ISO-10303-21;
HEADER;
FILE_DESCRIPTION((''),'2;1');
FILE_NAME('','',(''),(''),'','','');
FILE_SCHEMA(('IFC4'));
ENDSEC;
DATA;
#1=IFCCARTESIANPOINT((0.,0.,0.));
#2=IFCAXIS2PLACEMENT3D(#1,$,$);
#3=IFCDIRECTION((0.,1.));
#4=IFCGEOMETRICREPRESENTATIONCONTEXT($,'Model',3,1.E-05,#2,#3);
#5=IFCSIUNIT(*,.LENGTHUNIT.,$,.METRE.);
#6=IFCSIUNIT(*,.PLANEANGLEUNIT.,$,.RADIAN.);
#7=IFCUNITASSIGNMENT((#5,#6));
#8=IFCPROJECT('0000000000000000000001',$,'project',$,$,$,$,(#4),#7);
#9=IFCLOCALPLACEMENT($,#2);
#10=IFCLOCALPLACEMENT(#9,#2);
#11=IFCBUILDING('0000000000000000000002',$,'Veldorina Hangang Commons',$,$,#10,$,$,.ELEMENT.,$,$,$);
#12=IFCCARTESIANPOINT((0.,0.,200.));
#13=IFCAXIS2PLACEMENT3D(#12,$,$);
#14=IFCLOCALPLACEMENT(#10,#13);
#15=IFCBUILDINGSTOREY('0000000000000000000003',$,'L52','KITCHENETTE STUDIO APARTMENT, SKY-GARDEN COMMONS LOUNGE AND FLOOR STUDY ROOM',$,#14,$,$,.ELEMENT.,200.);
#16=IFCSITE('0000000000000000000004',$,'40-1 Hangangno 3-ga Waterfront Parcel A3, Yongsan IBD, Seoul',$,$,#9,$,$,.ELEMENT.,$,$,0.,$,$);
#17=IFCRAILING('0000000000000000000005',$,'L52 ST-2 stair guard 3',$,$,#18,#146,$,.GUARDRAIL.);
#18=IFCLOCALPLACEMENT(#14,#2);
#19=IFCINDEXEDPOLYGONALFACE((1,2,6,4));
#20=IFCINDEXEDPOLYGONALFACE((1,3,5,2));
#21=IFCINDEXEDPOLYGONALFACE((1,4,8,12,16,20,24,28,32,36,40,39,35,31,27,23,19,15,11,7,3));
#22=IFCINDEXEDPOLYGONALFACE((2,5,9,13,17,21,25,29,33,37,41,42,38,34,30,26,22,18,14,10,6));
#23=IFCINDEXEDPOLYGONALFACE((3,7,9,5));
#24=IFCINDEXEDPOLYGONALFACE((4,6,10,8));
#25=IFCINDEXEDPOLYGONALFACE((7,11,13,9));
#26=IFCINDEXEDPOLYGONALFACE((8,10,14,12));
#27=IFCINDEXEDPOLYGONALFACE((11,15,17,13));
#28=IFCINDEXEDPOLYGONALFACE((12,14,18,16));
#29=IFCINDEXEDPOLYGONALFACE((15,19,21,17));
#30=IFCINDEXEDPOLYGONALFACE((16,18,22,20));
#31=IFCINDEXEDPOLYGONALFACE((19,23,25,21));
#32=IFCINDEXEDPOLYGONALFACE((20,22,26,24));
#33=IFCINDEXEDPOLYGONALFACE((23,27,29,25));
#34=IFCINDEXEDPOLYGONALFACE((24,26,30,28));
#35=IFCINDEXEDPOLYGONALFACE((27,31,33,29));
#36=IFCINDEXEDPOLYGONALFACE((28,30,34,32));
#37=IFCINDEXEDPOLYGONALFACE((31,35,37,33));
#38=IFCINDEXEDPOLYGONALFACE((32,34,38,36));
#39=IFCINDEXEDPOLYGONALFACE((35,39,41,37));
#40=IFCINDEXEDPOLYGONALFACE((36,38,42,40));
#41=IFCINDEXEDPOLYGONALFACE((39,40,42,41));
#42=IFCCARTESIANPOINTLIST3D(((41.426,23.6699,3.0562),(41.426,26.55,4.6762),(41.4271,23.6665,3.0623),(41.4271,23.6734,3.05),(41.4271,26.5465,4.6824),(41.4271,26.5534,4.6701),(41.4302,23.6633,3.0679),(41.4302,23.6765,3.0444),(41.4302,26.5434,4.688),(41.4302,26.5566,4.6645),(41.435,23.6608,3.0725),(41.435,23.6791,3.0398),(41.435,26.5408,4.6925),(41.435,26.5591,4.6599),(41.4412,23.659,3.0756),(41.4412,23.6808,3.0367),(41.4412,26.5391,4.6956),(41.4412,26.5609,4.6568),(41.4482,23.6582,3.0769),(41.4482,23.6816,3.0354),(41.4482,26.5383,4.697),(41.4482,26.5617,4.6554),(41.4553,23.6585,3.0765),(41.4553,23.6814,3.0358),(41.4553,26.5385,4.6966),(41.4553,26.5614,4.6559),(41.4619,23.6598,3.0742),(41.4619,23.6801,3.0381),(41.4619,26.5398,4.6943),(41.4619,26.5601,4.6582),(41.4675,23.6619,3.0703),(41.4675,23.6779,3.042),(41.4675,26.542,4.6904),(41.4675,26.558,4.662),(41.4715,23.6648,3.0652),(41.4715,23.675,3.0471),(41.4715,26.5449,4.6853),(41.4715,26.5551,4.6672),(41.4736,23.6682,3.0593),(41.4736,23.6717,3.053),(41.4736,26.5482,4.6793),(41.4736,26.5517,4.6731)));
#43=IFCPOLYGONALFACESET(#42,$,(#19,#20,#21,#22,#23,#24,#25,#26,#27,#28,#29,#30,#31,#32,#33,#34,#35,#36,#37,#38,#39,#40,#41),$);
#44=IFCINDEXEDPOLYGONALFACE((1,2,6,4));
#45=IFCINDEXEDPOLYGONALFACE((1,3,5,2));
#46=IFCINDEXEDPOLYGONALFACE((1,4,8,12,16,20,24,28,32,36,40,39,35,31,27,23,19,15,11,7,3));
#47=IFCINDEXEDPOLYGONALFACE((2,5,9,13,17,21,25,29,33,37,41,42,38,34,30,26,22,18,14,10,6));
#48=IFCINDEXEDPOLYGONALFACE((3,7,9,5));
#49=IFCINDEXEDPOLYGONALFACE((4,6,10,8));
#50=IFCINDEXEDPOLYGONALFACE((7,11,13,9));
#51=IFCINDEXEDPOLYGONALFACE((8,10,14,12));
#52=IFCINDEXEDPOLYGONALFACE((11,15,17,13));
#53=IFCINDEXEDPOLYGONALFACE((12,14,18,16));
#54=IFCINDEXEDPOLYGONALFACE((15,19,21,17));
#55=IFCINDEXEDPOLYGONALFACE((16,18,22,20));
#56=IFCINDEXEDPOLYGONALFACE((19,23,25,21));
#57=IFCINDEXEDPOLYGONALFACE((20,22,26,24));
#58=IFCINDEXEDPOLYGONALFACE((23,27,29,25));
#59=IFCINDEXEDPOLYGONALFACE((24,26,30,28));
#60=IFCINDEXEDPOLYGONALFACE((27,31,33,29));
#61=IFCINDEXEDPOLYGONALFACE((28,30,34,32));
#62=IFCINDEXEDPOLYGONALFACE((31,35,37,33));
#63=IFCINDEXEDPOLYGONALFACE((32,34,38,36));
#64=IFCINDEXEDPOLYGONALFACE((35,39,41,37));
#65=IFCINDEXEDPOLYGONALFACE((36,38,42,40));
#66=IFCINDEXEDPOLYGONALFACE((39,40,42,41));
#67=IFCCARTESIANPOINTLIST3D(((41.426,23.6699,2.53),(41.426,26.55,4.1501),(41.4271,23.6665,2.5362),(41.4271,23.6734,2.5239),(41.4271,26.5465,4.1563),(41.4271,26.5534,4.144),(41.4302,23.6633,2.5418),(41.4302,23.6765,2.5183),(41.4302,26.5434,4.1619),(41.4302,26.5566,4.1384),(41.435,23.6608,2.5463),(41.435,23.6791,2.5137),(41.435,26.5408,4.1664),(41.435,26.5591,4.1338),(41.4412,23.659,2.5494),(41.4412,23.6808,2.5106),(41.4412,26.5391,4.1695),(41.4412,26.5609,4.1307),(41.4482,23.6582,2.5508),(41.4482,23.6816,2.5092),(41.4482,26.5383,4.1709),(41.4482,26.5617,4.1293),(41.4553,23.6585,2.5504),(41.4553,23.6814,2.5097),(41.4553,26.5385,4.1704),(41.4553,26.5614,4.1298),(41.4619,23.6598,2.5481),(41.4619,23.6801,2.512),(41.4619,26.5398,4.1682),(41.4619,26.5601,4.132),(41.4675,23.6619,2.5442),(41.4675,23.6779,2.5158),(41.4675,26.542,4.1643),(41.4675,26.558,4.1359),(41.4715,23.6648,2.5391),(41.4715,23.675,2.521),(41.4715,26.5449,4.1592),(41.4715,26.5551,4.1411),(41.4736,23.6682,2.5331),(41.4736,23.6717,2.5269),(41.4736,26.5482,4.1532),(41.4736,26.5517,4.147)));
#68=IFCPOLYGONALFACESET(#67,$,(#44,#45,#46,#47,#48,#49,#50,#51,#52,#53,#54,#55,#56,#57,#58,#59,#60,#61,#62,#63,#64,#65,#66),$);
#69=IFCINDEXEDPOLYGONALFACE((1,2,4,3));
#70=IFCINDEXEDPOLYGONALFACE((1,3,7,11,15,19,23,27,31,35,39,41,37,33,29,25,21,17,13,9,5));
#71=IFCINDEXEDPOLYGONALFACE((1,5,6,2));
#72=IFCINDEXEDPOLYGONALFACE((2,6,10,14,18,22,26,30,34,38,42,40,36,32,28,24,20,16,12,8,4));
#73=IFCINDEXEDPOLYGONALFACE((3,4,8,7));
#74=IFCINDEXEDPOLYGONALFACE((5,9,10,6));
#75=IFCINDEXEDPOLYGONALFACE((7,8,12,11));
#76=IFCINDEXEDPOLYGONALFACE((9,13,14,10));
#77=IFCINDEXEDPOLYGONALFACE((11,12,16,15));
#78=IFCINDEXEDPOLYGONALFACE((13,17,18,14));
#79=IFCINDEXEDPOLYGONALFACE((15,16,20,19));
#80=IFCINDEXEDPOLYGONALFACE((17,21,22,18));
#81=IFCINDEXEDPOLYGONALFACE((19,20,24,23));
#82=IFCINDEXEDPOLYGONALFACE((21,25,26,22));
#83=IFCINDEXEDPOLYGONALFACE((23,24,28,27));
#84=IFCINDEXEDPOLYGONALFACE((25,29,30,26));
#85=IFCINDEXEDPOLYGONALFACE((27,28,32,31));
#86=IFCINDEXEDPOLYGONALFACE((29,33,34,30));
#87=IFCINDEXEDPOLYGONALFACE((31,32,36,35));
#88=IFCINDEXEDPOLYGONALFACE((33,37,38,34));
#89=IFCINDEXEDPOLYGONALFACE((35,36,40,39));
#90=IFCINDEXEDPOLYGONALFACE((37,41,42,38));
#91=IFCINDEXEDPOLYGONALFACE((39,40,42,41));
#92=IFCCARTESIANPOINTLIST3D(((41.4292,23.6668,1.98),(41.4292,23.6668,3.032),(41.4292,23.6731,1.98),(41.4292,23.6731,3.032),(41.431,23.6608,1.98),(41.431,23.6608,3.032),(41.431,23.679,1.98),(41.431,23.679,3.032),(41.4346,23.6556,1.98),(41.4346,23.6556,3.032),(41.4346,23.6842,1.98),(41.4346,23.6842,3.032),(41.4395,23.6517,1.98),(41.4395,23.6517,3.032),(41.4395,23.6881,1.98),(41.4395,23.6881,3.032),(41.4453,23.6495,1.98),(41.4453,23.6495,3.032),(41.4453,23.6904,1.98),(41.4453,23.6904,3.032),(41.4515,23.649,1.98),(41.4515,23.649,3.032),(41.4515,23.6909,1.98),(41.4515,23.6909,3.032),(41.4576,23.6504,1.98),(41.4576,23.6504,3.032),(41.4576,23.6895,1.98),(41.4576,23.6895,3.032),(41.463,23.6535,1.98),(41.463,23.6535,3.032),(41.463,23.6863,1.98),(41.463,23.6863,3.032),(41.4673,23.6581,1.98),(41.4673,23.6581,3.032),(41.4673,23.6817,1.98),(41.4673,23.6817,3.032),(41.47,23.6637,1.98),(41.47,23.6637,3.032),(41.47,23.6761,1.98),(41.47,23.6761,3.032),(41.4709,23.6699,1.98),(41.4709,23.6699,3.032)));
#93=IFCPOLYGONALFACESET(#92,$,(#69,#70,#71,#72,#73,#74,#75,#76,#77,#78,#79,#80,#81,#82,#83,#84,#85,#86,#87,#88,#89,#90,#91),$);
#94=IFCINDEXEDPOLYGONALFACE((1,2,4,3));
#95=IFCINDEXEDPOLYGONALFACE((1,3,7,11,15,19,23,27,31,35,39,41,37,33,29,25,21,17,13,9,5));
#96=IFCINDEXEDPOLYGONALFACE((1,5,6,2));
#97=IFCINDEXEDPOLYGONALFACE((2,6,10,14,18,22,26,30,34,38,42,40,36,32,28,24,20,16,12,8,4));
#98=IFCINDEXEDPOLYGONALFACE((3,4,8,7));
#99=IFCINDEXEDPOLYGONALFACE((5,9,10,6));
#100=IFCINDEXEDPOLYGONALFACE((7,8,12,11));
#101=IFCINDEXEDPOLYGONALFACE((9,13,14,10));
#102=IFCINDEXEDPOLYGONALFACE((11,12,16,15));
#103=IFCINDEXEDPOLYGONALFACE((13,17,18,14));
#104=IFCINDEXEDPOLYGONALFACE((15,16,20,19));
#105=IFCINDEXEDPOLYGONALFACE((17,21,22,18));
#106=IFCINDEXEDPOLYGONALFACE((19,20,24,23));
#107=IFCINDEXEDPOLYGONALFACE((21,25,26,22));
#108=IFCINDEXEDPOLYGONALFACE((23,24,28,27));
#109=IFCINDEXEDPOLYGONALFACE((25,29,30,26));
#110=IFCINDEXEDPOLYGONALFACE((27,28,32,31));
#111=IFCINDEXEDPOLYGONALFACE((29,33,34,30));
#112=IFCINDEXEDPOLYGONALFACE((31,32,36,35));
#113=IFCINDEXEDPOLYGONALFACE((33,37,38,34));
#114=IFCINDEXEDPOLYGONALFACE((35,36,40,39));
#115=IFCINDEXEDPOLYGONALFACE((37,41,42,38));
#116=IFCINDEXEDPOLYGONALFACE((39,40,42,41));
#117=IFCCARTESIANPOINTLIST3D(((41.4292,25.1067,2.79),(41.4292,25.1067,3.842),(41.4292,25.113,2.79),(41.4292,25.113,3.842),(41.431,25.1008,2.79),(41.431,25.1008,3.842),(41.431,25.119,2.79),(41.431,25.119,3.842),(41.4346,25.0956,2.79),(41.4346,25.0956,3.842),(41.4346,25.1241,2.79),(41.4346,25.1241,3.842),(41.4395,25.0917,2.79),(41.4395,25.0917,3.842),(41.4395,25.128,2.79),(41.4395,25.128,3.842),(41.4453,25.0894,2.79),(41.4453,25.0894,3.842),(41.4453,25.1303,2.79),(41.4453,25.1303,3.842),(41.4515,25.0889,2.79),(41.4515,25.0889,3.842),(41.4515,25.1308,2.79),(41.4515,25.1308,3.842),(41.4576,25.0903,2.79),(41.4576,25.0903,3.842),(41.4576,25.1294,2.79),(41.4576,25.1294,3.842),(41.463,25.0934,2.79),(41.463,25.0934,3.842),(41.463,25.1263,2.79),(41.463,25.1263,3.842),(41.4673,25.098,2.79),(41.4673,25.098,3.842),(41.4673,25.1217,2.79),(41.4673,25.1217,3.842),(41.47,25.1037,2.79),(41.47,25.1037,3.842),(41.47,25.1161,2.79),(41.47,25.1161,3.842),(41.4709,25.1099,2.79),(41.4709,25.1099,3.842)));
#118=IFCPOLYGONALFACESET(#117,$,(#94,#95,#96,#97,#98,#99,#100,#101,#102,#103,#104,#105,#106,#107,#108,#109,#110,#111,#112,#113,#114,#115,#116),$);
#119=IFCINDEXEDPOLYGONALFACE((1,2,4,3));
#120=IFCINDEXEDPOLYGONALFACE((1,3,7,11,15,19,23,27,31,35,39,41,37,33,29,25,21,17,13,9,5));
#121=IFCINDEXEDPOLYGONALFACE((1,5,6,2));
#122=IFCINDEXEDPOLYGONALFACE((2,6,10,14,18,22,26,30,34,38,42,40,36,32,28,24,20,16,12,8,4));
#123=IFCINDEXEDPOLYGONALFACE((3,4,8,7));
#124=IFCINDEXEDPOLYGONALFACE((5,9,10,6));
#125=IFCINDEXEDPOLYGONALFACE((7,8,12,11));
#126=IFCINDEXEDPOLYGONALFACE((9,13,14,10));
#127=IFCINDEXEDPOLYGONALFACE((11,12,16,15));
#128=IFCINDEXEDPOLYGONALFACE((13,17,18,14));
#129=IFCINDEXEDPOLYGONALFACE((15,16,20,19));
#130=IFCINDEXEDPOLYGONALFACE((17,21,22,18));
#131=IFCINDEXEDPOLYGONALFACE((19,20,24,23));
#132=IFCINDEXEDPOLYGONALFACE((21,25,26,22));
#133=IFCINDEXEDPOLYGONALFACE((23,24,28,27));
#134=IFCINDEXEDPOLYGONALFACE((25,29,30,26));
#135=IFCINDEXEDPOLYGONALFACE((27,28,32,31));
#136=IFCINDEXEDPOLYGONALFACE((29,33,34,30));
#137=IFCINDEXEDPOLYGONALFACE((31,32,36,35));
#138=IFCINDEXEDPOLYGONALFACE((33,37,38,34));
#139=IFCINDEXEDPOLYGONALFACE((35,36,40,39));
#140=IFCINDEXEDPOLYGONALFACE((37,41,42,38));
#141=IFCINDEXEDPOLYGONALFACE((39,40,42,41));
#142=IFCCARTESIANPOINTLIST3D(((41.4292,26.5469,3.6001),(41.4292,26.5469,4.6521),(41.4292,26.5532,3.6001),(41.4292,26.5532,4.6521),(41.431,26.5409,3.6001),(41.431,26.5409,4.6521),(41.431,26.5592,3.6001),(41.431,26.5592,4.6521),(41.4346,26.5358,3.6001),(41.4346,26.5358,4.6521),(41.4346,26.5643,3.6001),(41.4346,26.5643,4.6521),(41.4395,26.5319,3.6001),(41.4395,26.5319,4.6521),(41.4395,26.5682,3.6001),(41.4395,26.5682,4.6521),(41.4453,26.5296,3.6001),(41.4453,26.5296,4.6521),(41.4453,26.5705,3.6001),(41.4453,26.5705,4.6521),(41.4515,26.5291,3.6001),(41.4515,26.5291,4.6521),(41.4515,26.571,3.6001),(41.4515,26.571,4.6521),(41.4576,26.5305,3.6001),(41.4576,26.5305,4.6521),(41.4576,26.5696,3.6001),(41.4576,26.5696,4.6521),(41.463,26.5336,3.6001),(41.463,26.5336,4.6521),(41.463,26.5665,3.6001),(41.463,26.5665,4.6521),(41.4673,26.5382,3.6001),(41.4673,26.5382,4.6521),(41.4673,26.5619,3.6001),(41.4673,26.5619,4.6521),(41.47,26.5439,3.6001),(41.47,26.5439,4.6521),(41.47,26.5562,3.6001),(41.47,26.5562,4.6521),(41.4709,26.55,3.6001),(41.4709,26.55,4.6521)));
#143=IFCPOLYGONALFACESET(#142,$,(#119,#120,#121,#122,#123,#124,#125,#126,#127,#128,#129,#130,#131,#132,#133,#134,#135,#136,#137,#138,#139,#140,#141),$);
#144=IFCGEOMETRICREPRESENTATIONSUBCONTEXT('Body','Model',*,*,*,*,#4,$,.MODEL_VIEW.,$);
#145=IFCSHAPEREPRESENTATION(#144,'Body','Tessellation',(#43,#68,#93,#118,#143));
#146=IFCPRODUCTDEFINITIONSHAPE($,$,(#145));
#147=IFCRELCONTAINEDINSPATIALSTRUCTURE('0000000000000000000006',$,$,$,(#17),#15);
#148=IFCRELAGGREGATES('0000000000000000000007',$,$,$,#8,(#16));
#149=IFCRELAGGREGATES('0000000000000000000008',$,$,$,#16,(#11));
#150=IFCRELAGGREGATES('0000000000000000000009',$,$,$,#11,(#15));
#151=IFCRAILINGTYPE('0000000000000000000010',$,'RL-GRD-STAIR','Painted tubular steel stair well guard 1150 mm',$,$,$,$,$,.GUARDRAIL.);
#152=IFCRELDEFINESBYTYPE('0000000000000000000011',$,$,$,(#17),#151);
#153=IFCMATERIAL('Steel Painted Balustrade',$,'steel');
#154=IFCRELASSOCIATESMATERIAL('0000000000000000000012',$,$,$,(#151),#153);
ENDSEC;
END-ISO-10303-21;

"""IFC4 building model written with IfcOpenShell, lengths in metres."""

from ifc_helpers import new_model, si_unit, direction, frame, origin, origin_2d, place, context, subcontext, project, spatial, circle, extrude, material, type_object, element, save


model = new_model("IFC4")

# Units and contexts
model_context = context("Model", 3, precision=1e-05, world=origin(), true_north=direction((0.0, 1.0)))
body_context = subcontext(model_context, "Body", "Model", "MODEL_VIEW")
ifc_project = project(units=[si_unit("LENGTHUNIT", "METRE"), si_unit("PLANEANGLEUNIT", "RADIAN")], contexts=[model_context])

# Site, building, storey
site_placement = place(None, origin())
site = spatial("IfcSite", under=ifc_project, at=site_placement, Name="40-1 Hangangno 3-ga Waterfront Parcel A3, Yongsan IBD, Seoul", CompositionType="ELEMENT", RefElevation=0.0)
building_placement = place(site_placement, origin())
building = spatial("IfcBuilding", under=site, at=building_placement, Name="Veldorina Hangang Commons", CompositionType="ELEMENT")
storey_placement = place(building_placement, frame((0.0, 0.0, 200.0)))
storey = spatial("IfcBuildingStorey", under=building, at=storey_placement, Name="L52", Description="KITCHENETTE STUDIO APARTMENT, SKY-GARDEN COMMONS LOUNGE AND FLOOR STUDY ROOM", CompositionType="ELEMENT", Elevation=200.0)

# Railing
ifc_material_1 = material(Name="Steel Painted Balustrade", Category="steel")
railing_type_1 = type_object("IfcRailingType", Name="RL-GRD-STAIR", Description="Painted tubular steel stair well guard 1150 mm", PredefinedType="GUARDRAIL", material=ifc_material_1)
railing_1_placement = place(storey_placement, frame((41.45, 23.6699, 1.98)))
element("IfcRailing", 1, at=railing_1_placement, inside=storey, type_object=railing_type_1, Name="L52 ST-2 stair guard 3", PredefinedType="GUARDRAIL", context=body_context, shape_type="SweptSolid", body=[
    extrude(circle(Radius=0.0239, at=origin_2d()), frame((0.0, 0.0, 1.0762), z_axis=(0.0, 0.87157, 0.490272), x_axis=(-1.0, 0.0, 0.0)), (0.0, 0.0, 1.0), 3.3044),
    extrude(circle(Radius=0.0239, at=origin_2d()), frame((0.0, 0.0, 0.55), z_axis=(0.0, 0.87157, 0.490272), x_axis=(-1.0, 0.0, 0.0)), (0.0, 0.0, 1.0), 3.3044),
    extrude(circle(Radius=0.021, at=origin_2d()), origin(), (0.0, 0.0, 1.0), 1.052),
    extrude(circle(Radius=0.021, at=origin_2d()), frame((0.0, 1.4399, 0.8101)), (0.0, 0.0, 1.0), 1.052),
    extrude(circle(Radius=0.021, at=origin_2d()), frame((0.0, 2.8801, 1.6201)), (0.0, 0.0, 1.0), 1.052),
])

save(model, "model.ifc")
